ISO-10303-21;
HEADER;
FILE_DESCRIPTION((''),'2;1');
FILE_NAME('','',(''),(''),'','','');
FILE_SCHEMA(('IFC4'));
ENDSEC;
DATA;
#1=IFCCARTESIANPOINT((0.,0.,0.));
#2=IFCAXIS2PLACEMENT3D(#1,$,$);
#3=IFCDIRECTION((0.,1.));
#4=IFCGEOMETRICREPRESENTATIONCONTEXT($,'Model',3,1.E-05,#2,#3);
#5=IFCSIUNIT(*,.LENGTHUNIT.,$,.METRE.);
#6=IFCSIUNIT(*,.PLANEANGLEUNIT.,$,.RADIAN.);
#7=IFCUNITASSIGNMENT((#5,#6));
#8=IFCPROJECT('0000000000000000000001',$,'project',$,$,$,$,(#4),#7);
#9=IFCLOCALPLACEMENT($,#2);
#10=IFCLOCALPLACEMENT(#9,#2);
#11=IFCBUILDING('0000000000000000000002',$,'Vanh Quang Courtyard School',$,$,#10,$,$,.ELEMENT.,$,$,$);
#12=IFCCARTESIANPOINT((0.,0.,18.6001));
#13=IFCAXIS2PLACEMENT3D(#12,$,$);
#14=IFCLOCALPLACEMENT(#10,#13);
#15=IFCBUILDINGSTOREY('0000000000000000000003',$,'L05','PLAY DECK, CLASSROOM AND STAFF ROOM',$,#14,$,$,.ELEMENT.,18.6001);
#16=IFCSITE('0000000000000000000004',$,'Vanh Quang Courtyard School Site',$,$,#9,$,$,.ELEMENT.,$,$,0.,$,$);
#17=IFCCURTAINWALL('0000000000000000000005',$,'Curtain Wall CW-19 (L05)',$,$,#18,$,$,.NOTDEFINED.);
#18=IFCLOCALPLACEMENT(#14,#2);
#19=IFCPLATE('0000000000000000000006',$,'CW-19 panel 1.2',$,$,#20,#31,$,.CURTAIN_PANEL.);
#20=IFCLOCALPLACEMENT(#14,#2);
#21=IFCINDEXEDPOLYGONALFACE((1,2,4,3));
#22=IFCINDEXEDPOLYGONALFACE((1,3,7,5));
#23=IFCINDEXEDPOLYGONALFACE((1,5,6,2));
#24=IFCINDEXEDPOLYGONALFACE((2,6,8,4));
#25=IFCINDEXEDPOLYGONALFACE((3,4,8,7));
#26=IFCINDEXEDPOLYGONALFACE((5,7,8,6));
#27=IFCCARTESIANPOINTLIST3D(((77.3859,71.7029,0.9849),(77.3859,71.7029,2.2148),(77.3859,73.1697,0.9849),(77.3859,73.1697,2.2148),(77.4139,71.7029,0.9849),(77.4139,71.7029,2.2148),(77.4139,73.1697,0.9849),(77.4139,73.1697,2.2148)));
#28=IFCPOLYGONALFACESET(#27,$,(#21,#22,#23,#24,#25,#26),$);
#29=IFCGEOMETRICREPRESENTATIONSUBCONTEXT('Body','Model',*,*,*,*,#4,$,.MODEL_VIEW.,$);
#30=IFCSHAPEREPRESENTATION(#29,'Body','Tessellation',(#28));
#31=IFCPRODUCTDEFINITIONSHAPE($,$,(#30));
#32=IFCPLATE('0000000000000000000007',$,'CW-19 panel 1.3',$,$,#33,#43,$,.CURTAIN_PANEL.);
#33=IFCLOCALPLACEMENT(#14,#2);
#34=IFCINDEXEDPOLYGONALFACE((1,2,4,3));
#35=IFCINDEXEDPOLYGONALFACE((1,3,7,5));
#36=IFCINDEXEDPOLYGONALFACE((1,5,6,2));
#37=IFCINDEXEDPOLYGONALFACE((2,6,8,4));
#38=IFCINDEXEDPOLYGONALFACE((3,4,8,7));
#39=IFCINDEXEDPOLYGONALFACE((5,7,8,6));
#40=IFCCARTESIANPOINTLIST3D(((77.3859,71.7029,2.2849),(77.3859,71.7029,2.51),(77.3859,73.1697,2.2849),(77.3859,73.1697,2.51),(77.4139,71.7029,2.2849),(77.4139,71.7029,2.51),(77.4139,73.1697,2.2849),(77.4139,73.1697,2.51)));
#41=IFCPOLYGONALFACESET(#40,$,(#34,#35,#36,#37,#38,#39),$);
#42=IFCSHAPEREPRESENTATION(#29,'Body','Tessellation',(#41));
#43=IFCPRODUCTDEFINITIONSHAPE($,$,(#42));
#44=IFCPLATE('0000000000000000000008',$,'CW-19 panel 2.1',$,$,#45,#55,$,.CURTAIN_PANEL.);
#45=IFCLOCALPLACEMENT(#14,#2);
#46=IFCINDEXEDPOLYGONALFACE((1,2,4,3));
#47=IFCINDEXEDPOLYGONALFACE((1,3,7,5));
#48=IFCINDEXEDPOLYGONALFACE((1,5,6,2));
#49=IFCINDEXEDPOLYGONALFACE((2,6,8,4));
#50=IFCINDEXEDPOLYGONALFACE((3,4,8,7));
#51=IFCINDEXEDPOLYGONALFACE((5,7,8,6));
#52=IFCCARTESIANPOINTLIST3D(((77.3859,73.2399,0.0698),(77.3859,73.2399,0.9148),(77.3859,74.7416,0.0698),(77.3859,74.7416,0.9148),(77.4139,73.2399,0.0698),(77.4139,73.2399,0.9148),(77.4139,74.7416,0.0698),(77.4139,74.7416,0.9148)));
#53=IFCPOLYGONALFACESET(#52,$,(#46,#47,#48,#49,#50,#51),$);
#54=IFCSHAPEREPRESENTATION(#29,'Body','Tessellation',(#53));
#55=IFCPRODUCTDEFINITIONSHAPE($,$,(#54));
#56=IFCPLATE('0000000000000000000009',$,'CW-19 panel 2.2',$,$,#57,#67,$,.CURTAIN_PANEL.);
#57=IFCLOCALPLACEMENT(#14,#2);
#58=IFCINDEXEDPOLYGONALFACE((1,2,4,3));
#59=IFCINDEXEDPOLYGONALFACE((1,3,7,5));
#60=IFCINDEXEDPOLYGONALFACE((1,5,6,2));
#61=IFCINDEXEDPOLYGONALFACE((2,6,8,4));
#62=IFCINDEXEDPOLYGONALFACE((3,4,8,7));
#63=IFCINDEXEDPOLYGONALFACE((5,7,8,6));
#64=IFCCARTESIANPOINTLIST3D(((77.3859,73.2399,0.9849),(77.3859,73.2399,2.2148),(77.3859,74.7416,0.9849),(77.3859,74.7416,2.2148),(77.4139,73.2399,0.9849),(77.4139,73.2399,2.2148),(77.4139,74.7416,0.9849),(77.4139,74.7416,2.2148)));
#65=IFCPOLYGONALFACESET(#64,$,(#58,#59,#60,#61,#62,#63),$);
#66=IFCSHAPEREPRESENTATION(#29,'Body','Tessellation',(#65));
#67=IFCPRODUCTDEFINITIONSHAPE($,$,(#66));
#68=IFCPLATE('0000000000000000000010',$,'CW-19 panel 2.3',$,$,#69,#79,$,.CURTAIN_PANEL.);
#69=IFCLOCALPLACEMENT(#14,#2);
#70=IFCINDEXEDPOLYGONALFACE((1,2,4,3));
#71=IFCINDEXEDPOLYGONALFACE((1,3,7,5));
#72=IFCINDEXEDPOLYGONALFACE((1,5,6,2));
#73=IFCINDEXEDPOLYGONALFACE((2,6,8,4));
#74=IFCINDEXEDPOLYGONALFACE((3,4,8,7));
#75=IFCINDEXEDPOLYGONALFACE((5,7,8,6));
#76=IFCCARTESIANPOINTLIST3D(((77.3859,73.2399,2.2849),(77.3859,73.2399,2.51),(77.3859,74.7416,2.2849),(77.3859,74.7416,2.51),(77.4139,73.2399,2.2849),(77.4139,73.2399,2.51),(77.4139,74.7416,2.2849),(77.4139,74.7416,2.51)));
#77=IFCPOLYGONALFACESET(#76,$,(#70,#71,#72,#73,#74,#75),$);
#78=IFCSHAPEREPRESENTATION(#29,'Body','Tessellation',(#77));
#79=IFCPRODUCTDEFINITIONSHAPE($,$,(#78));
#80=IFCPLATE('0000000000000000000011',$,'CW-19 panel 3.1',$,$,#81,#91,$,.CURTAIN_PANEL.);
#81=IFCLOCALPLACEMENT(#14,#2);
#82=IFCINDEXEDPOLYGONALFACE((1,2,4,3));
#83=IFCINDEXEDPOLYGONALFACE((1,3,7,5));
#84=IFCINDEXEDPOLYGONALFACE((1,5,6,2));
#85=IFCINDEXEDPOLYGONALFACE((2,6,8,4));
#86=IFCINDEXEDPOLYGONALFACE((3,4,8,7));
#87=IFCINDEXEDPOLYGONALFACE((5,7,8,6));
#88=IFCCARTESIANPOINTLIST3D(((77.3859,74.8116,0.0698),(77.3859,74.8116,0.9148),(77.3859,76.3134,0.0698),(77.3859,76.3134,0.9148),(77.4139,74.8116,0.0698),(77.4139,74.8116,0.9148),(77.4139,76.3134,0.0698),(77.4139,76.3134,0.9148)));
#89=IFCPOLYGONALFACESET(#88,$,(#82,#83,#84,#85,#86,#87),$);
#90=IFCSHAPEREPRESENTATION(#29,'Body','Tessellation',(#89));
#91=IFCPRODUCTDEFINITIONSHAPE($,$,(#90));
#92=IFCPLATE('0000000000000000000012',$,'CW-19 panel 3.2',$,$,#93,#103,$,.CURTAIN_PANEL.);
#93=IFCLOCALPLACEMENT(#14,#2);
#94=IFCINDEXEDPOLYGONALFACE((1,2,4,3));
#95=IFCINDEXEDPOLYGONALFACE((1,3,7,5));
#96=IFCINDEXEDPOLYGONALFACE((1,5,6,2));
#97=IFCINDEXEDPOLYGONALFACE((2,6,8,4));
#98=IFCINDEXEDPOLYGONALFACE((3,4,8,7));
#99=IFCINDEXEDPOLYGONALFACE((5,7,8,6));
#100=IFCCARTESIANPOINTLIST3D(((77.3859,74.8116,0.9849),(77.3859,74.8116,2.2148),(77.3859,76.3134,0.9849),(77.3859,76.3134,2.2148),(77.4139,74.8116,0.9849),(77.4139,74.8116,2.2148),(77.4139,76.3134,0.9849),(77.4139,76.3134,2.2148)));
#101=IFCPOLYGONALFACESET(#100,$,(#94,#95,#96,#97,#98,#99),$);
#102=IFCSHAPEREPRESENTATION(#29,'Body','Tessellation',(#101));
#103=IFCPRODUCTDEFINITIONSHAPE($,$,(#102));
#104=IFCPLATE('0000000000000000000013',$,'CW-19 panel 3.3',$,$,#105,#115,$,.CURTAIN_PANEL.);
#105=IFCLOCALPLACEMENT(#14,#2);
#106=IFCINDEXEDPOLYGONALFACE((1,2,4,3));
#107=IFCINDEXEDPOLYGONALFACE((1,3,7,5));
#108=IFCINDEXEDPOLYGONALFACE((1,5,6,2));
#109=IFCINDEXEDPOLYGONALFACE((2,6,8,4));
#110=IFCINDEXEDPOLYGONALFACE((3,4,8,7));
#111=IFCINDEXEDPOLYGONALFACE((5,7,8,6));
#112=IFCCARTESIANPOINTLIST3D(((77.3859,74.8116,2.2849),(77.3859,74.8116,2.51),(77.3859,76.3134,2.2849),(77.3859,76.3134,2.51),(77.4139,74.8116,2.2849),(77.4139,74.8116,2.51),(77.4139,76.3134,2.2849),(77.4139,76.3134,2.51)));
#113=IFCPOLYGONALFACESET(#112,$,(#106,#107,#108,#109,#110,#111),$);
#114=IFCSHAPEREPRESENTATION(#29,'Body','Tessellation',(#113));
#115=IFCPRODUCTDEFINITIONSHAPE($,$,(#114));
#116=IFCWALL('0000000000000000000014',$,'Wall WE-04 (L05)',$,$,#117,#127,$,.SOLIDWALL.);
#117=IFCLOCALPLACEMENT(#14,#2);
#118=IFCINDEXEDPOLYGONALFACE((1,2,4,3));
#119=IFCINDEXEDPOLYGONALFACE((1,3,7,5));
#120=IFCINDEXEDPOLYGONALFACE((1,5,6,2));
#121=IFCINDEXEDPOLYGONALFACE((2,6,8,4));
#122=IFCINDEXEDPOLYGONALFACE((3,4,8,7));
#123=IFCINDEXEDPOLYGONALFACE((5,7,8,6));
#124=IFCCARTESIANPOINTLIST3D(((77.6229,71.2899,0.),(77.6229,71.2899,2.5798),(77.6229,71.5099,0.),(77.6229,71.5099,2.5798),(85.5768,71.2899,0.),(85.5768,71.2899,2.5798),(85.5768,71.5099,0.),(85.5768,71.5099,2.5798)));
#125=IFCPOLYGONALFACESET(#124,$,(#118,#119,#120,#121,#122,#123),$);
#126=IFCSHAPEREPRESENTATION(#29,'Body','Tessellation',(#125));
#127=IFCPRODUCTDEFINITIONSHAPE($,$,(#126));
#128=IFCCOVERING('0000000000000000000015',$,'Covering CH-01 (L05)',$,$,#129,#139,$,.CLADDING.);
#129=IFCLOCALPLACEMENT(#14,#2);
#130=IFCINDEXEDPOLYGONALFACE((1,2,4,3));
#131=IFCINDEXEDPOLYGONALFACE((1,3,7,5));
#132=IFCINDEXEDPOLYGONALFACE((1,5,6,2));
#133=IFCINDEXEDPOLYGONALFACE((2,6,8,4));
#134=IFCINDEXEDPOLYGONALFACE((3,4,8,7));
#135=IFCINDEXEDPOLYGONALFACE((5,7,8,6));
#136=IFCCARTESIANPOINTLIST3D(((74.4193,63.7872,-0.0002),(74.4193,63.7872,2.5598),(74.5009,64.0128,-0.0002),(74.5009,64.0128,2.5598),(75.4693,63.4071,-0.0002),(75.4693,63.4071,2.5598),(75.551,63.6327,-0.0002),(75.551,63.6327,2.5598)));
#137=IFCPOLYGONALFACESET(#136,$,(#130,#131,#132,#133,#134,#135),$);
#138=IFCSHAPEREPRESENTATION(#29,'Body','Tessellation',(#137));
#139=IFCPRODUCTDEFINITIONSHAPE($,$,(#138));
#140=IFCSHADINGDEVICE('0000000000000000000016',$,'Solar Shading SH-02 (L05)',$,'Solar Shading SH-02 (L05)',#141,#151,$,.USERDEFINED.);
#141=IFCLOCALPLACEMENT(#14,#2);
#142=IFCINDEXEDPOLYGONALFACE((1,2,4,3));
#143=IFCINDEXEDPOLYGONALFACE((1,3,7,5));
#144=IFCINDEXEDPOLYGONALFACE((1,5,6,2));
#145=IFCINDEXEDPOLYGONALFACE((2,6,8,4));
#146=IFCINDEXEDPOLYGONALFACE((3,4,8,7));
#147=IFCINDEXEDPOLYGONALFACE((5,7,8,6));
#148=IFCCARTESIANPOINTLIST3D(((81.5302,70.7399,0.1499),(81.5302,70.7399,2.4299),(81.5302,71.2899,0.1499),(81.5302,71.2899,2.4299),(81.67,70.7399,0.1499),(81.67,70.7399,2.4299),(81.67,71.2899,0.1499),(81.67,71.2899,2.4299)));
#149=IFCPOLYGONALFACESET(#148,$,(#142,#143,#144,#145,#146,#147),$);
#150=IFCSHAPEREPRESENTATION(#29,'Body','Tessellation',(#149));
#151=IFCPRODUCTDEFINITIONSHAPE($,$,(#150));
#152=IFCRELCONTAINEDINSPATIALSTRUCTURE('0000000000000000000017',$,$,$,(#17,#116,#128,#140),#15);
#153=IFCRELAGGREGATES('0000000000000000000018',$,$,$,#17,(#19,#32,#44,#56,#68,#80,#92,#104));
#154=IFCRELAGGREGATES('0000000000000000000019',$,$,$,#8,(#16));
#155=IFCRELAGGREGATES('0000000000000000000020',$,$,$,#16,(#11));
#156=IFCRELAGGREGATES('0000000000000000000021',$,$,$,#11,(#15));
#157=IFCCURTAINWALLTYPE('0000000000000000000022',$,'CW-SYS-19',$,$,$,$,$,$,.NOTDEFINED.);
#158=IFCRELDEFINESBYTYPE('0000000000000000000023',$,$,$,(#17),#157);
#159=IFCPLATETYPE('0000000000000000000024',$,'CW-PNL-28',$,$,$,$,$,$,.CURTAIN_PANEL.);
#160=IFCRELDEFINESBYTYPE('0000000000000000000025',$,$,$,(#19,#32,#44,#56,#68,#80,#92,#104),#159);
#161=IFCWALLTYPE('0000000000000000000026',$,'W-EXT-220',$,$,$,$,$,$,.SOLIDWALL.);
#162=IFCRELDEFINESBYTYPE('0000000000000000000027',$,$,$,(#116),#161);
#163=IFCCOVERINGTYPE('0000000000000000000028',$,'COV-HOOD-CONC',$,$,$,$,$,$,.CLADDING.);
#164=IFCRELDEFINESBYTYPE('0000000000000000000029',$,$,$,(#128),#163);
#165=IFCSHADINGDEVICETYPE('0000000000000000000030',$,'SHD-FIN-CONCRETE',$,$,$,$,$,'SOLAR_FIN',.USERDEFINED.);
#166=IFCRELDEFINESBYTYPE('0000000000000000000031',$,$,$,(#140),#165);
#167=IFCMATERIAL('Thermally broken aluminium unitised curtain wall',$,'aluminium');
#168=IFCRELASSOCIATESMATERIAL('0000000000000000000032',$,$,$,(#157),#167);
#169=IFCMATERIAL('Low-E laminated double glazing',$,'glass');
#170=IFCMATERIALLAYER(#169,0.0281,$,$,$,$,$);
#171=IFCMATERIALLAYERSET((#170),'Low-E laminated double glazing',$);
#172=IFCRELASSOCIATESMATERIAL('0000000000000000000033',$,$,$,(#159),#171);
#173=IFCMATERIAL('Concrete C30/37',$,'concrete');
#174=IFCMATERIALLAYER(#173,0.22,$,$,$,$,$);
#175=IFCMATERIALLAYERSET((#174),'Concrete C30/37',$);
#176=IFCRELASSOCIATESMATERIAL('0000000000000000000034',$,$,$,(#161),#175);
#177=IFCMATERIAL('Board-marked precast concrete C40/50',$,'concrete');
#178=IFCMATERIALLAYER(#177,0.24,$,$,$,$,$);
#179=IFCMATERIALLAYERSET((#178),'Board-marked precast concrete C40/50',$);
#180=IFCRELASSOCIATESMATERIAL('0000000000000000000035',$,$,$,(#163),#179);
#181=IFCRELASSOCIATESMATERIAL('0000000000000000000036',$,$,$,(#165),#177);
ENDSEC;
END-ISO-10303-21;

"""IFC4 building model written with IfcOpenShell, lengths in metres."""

from ifc_helpers import new_model, si_unit, direction, frame, frame_2d, origin, origin_2d, place, context, subcontext, project, spatial, rectangle, extrude, material, layer, layer_set, type_object, element, aggregate, save


model = new_model("IFC4")

# Units and contexts
model_context = context("Model", 3, precision=1e-05, world=origin(), true_north=direction((0.0, 1.0)))
body_context = subcontext(model_context, "Body", "Model", "MODEL_VIEW")
ifc_project = project(units=[si_unit("LENGTHUNIT", "METRE"), si_unit("PLANEANGLEUNIT", "RADIAN")], contexts=[model_context])

# Site, building, storey
site_placement = place(None, origin())
site = spatial("IfcSite", under=ifc_project, at=site_placement, Name="Vanh Quang Courtyard School Site", CompositionType="ELEMENT", RefElevation=0.0)
building_placement = place(site_placement, origin())
building = spatial("IfcBuilding", under=site, at=building_placement, Name="Vanh Quang Courtyard School", CompositionType="ELEMENT")
storey_placement = place(building_placement, frame((0.0, 0.0, 18.6001)))
storey = spatial("IfcBuildingStorey", under=building, at=storey_placement, Name="L05", Description="PLAY DECK, CLASSROOM AND STAFF ROOM", CompositionType="ELEMENT", Elevation=18.6001)

# Curtain wall
ifc_material_1 = material(Name="Thermally broken aluminium unitised curtain wall", Category="aluminium")
curtain_wall_type = type_object("IfcCurtainWallType", Name="CW-SYS-19", PredefinedType="NOTDEFINED", material=ifc_material_1)
curtain_wall_placement = place(storey_placement, origin())
curtain_wall = element("IfcCurtainWall", 1, at=curtain_wall_placement, inside=storey, type_object=curtain_wall_type, Name="Curtain Wall CW-19 (L05)", PredefinedType="NOTDEFINED")

# Shared definitions
ifc_material_2 = material(Name="Concrete C30/37", Category="concrete")

# Plates
ifc_material_3 = material(Name="Low-E laminated double glazing", Category="glass")
ifc_layer_1 = layer(ifc_material_3, 0.0281)
ifc_layer_set_1 = layer_set([ifc_layer_1], Name="Low-E laminated double glazing")
plate_type = type_object("IfcPlateType", Name="CW-PNL-28", PredefinedType="CURTAIN_PANEL", material=ifc_layer_set_1)
plate_1_placement = place(storey_placement, frame((77.3999, 72.4363, 0.9849), z_axis=(0.0, 0.0, 1.0), x_axis=(0.0, 1.0, 0.0)))
plate_1 = element("IfcPlate", 2, at=plate_1_placement, type_object=plate_type, Name="CW-19 panel 1.2", PredefinedType="CURTAIN_PANEL", context=body_context, shape_type="SweptSolid", body=[
    extrude(rectangle(XDim=1.4668, YDim=0.0281, at=origin_2d()), origin(), (0.0, 0.0, 1.0), 1.23),
])
plate_2_placement = place(storey_placement, frame((77.3999, 72.4363, 2.2849), z_axis=(0.0, 0.0, 1.0), x_axis=(0.0, 1.0, 0.0)))
plate_2 = element("IfcPlate", 3, at=plate_2_placement, type_object=plate_type, Name="CW-19 panel 1.3", PredefinedType="CURTAIN_PANEL", context=body_context, shape_type="SweptSolid", body=[
    extrude(rectangle(XDim=1.4668, YDim=0.0281, at=origin_2d()), origin(), (0.0, 0.0, 1.0), 0.2251),
])
plate_3_placement = place(storey_placement, frame((77.3999, 73.9907, 0.0698), z_axis=(0.0, 0.0, 1.0), x_axis=(0.0, 1.0, 0.0)))
plate_3 = element("IfcPlate", 4, at=plate_3_placement, type_object=plate_type, Name="CW-19 panel 2.1", PredefinedType="CURTAIN_PANEL", context=body_context, shape_type="SweptSolid", body=[
    extrude(rectangle(XDim=1.5017, YDim=0.0281, at=origin_2d()), origin(), (0.0, 0.0, 1.0), 0.845),
])
plate_4_placement = place(storey_placement, frame((77.3999, 73.9907, 0.9849), z_axis=(0.0, 0.0, 1.0), x_axis=(0.0, 1.0, 0.0)))
plate_4 = element("IfcPlate", 5, at=plate_4_placement, type_object=plate_type, Name="CW-19 panel 2.2", PredefinedType="CURTAIN_PANEL", context=body_context, shape_type="SweptSolid", body=[
    extrude(rectangle(XDim=1.5017, YDim=0.0281, at=origin_2d()), origin(), (0.0, 0.0, 1.0), 1.23),
])
plate_5_placement = place(storey_placement, frame((77.3999, 73.9907, 2.2849), z_axis=(0.0, 0.0, 1.0), x_axis=(0.0, 1.0, 0.0)))
plate_5 = element("IfcPlate", 6, at=plate_5_placement, type_object=plate_type, Name="CW-19 panel 2.3", PredefinedType="CURTAIN_PANEL", context=body_context, shape_type="SweptSolid", body=[
    extrude(rectangle(XDim=1.5017, YDim=0.0281, at=origin_2d()), origin(), (0.0, 0.0, 1.0), 0.2251),
])
plate_6_placement = place(storey_placement, frame((77.3999, 75.5625, 0.0698), z_axis=(0.0, 0.0, 1.0), x_axis=(0.0, 1.0, 0.0)))
plate_6 = element("IfcPlate", 7, at=plate_6_placement, type_object=plate_type, Name="CW-19 panel 3.1", PredefinedType="CURTAIN_PANEL", context=body_context, shape_type="SweptSolid", body=[
    extrude(rectangle(XDim=1.5017, YDim=0.0281, at=origin_2d()), origin(), (0.0, 0.0, 1.0), 0.845),
])
plate_7_placement = place(storey_placement, frame((77.3999, 75.5625, 0.9849), z_axis=(0.0, 0.0, 1.0), x_axis=(0.0, 1.0, 0.0)))
plate_7 = element("IfcPlate", 8, at=plate_7_placement, type_object=plate_type, Name="CW-19 panel 3.2", PredefinedType="CURTAIN_PANEL", context=body_context, shape_type="SweptSolid", body=[
    extrude(rectangle(XDim=1.5017, YDim=0.0281, at=origin_2d()), origin(), (0.0, 0.0, 1.0), 1.23),
])
plate_8_placement = place(storey_placement, frame((77.3999, 75.5625, 2.2849), z_axis=(0.0, 0.0, 1.0), x_axis=(0.0, 1.0, 0.0)))
plate_8 = element("IfcPlate", 9, at=plate_8_placement, type_object=plate_type, Name="CW-19 panel 3.3", PredefinedType="CURTAIN_PANEL", context=body_context, shape_type="SweptSolid", body=[
    extrude(rectangle(XDim=1.5017, YDim=0.0281, at=origin_2d()), origin(), (0.0, 0.0, 1.0), 0.2251),
])
aggregate(curtain_wall, [plate_1, plate_2, plate_3, plate_4, plate_5, plate_6, plate_7, plate_8])

# Wall
ifc_layer_2 = layer(ifc_material_2, 0.22)
ifc_layer_set_2 = layer_set([ifc_layer_2], Name="Concrete C30/37")
wall_type = type_object("IfcWallType", Name="W-EXT-220", PredefinedType="SOLIDWALL", material=ifc_layer_set_2)
wall_placement = place(storey_placement, frame((85.5769, 71.3999, 0.0), z_axis=(0.0, 0.0, 1.0), x_axis=(-1.0, 0.0, 0.0)))
element("IfcWall", 10, at=wall_placement, inside=storey, type_object=wall_type, Name="Wall WE-04 (L05)", PredefinedType="SOLIDWALL", context=body_context, shape_type="SweptSolid", body=[
    extrude(rectangle(XDim=7.9539, YDim=0.22, at=frame_2d((3.9771, 0.0))), origin(), (0.0, 0.0, 1.0), 2.5798),
])

# Covering
ifc_material_4 = material(Name="Board-marked precast concrete C40/50", Category="concrete")
ifc_layer_3 = layer(ifc_material_4, 0.24)
ifc_layer_set_3 = layer_set([ifc_layer_3], Name="Board-marked precast concrete C40/50")
covering_type = type_object("IfcCoveringType", Name="COV-HOOD-CONC", PredefinedType="CLADDING", material=ifc_layer_set_3)
covering_placement = place(storey_placement, frame((74.9851, 63.71, -0.0002), z_axis=(0.0, 0.0, 1.0), x_axis=(0.940288, -0.34038, 0.0)))
element("IfcCovering", 11, at=covering_placement, inside=storey, type_object=covering_type, Name="Covering CH-01 (L05)", PredefinedType="CLADDING", context=body_context, shape_type="SweptSolid", body=[
    extrude(rectangle(XDim=1.1167, YDim=0.24, at=origin_2d()), origin(), (0.0, 0.0, 1.0), 2.5601),
])

# Shading device
shading_device_type = type_object("IfcShadingDeviceType", Name="SHD-FIN-CONCRETE", ElementType="SOLAR_FIN", PredefinedType="USERDEFINED", material=ifc_material_4)
shading_device_placement = place(storey_placement, frame((81.6001, 71.0149, 0.1499), z_axis=(0.0, 0.0, 1.0), x_axis=(-1.0, 0.0, 0.0)))
element("IfcShadingDevice", 12, at=shading_device_placement, inside=storey, type_object=shading_device_type, Name="Solar Shading SH-02 (L05)", ObjectType="Solar Shading SH-02 (L05)", PredefinedType="USERDEFINED", context=body_context, shape_type="SweptSolid", body=[
    extrude(rectangle(XDim=0.1399, YDim=0.55, at=origin_2d()), origin(), (0.0, 0.0, 1.0), 2.28),
])

save(model, "model.ifc")
